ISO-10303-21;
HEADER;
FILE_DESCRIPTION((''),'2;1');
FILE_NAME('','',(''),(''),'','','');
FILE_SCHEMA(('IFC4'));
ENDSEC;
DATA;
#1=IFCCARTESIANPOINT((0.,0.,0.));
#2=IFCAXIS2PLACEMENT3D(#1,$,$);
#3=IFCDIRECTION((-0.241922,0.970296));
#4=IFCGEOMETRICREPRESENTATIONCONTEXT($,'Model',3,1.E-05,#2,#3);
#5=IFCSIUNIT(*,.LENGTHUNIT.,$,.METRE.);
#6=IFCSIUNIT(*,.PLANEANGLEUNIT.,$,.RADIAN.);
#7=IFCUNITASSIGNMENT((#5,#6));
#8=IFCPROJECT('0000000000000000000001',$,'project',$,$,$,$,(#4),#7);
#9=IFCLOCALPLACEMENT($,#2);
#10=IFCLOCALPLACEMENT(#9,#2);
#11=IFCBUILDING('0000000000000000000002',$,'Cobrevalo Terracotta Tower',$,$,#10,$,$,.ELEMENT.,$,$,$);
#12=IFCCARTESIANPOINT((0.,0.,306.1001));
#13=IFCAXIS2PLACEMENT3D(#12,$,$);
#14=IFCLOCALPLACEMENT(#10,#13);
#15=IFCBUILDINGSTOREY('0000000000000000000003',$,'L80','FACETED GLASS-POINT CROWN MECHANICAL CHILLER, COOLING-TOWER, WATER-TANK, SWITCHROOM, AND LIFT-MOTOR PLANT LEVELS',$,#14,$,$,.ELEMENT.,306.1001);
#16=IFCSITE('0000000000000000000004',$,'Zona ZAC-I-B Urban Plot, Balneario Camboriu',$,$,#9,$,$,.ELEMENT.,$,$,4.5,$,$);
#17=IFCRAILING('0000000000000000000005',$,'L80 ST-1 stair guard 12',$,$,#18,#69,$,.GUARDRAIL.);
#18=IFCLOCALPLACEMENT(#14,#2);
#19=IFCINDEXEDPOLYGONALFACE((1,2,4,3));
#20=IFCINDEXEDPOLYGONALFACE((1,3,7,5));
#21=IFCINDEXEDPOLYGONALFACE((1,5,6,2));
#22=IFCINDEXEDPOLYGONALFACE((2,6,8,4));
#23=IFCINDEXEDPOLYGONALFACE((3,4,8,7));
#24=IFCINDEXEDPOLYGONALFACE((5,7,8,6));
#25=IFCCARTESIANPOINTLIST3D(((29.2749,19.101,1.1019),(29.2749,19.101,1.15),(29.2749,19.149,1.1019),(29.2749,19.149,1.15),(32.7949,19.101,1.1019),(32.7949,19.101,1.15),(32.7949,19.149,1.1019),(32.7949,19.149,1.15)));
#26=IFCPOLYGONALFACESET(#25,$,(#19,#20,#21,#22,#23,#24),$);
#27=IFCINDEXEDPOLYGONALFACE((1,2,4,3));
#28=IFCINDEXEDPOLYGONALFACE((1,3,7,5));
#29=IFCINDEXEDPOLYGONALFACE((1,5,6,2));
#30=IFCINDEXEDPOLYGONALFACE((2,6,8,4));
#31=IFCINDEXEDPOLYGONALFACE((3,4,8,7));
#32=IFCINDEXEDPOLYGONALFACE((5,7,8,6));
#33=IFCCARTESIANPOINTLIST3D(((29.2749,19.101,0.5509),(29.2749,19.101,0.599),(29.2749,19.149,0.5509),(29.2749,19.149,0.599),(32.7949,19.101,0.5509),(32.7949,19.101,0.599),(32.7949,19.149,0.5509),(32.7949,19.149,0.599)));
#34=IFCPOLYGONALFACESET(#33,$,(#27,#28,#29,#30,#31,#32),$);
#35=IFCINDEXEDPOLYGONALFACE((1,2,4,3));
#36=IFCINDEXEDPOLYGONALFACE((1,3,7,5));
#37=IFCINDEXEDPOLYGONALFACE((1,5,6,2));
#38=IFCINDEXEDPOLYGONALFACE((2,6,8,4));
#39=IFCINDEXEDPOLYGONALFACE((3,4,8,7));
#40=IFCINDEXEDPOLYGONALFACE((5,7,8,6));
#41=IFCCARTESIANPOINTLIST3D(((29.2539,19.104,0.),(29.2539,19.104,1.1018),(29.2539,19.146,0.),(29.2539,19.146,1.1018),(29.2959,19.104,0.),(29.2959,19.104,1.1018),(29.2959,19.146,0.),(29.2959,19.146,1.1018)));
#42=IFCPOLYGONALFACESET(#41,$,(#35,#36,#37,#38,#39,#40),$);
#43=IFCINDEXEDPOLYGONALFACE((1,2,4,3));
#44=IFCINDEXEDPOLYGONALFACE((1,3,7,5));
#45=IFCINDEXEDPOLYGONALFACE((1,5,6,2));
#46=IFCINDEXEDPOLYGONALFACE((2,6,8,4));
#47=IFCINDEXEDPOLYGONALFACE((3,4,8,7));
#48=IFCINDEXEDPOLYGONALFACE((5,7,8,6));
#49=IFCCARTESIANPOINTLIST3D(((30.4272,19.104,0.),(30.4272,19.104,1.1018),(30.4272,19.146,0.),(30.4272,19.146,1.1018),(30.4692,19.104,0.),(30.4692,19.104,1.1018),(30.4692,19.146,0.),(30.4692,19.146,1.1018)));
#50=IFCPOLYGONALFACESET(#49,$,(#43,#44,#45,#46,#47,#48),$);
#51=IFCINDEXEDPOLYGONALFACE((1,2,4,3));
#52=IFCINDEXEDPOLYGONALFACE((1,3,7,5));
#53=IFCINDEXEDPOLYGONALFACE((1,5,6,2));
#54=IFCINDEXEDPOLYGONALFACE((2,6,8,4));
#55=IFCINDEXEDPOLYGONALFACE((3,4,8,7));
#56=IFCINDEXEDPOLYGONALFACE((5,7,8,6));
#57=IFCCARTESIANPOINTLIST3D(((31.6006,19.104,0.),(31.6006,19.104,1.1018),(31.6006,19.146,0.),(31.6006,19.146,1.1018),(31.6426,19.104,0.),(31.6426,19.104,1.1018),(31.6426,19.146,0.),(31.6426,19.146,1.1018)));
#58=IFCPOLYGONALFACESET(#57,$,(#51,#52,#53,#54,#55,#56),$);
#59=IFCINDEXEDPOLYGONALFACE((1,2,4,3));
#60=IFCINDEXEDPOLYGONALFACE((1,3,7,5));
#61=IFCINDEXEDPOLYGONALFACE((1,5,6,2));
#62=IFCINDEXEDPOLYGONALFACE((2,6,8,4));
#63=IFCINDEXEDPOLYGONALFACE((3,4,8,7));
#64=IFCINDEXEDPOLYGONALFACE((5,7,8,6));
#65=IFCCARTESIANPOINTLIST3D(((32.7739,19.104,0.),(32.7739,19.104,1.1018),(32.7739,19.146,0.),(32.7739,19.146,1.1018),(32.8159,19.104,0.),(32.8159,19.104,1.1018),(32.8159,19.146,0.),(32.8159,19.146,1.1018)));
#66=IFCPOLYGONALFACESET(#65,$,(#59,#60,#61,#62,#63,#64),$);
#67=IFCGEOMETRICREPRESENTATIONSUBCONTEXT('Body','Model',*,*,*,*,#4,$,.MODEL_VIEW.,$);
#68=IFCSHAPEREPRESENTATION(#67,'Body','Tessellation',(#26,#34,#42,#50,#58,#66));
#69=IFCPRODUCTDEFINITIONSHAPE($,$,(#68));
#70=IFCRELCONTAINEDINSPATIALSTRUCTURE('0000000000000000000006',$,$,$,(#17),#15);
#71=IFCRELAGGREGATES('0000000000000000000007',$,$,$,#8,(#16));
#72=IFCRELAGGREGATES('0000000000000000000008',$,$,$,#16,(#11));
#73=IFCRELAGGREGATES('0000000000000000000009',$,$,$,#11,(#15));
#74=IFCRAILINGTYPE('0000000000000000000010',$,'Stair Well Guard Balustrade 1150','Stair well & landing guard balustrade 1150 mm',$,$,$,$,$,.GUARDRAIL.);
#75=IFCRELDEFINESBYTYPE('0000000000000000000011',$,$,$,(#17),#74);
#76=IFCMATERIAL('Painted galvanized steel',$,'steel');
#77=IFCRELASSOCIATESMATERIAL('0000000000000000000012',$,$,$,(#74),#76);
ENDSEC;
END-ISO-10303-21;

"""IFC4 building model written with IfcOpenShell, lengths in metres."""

from ifc_helpers import new_model, si_unit, direction, frame, origin, origin_2d, place, context, subcontext, project, spatial, rectangle, extrude, material, type_object, element, save


model = new_model("IFC4")

# Units and contexts
model_context = context("Model", 3, precision=1e-05, world=origin(), true_north=direction((-0.241922, 0.970296)))
body_context = subcontext(model_context, "Body", "Model", "MODEL_VIEW")
ifc_project = project(units=[si_unit("LENGTHUNIT", "METRE"), si_unit("PLANEANGLEUNIT", "RADIAN")], contexts=[model_context])

# Site, building, storey
site_placement = place(None, origin())
site = spatial("IfcSite", under=ifc_project, at=site_placement, Name="Zona ZAC-I-B Urban Plot, Balneario Camboriu", CompositionType="ELEMENT", RefElevation=4.5)
building_placement = place(site_placement, origin())
building = spatial("IfcBuilding", under=site, at=building_placement, Name="Cobrevalo Terracotta Tower", CompositionType="ELEMENT")
storey_placement = place(building_placement, frame((0.0, 0.0, 306.1001)))
storey = spatial("IfcBuildingStorey", under=building, at=storey_placement, Name="L80", Description="FACETED GLASS-POINT CROWN MECHANICAL CHILLER, COOLING-TOWER, WATER-TANK, SWITCHROOM, AND LIFT-MOTOR PLANT LEVELS", CompositionType="ELEMENT", Elevation=306.1001)

# Railing
ifc_material_1 = material(Name="Painted galvanized steel", Category="steel")
railing_type_1 = type_object("IfcRailingType", Name="Stair Well Guard Balustrade 1150", Description="Stair well & landing guard balustrade 1150 mm", PredefinedType="GUARDRAIL", material=ifc_material_1)
railing_1_placement = place(storey_placement, frame((29.2749, 19.125, 0.0)))
element("IfcRailing", 1, at=railing_1_placement, inside=storey, type_object=railing_type_1, Name="L80 ST-1 stair guard 12", PredefinedType="GUARDRAIL", context=body_context, shape_type="SweptSolid", body=[
    extrude(rectangle(XDim=0.0481, YDim=0.0481, at=origin_2d()), frame((0.0, 0.0, 1.126), z_axis=(1.0, 0.0, 0.0), x_axis=(0.0, 1.0, 0.0)), (0.0, 0.0, 1.0), 3.52),
    extrude(rectangle(XDim=0.0481, YDim=0.0481, at=origin_2d()), frame((0.0, 0.0, 0.575), z_axis=(1.0, 0.0, 0.0), x_axis=(0.0, 1.0, 0.0)), (0.0, 0.0, 1.0), 3.52),
    extrude(rectangle(XDim=0.042, YDim=0.042, at=origin_2d()), origin(), (0.0, 0.0, 1.0), 1.1018),
    extrude(rectangle(XDim=0.042, YDim=0.042, at=origin_2d()), frame((1.1733, 0.0, 0.0)), (0.0, 0.0, 1.0), 1.1018),
    extrude(rectangle(XDim=0.042, YDim=0.042, at=origin_2d()), frame((2.3467, 0.0, 0.0)), (0.0, 0.0, 1.0), 1.1018),
    extrude(rectangle(XDim=0.042, YDim=0.042, at=origin_2d()), frame((3.52, 0.0, 0.0)), (0.0, 0.0, 1.0), 1.1018),
])

save(model, "model.ifc")
